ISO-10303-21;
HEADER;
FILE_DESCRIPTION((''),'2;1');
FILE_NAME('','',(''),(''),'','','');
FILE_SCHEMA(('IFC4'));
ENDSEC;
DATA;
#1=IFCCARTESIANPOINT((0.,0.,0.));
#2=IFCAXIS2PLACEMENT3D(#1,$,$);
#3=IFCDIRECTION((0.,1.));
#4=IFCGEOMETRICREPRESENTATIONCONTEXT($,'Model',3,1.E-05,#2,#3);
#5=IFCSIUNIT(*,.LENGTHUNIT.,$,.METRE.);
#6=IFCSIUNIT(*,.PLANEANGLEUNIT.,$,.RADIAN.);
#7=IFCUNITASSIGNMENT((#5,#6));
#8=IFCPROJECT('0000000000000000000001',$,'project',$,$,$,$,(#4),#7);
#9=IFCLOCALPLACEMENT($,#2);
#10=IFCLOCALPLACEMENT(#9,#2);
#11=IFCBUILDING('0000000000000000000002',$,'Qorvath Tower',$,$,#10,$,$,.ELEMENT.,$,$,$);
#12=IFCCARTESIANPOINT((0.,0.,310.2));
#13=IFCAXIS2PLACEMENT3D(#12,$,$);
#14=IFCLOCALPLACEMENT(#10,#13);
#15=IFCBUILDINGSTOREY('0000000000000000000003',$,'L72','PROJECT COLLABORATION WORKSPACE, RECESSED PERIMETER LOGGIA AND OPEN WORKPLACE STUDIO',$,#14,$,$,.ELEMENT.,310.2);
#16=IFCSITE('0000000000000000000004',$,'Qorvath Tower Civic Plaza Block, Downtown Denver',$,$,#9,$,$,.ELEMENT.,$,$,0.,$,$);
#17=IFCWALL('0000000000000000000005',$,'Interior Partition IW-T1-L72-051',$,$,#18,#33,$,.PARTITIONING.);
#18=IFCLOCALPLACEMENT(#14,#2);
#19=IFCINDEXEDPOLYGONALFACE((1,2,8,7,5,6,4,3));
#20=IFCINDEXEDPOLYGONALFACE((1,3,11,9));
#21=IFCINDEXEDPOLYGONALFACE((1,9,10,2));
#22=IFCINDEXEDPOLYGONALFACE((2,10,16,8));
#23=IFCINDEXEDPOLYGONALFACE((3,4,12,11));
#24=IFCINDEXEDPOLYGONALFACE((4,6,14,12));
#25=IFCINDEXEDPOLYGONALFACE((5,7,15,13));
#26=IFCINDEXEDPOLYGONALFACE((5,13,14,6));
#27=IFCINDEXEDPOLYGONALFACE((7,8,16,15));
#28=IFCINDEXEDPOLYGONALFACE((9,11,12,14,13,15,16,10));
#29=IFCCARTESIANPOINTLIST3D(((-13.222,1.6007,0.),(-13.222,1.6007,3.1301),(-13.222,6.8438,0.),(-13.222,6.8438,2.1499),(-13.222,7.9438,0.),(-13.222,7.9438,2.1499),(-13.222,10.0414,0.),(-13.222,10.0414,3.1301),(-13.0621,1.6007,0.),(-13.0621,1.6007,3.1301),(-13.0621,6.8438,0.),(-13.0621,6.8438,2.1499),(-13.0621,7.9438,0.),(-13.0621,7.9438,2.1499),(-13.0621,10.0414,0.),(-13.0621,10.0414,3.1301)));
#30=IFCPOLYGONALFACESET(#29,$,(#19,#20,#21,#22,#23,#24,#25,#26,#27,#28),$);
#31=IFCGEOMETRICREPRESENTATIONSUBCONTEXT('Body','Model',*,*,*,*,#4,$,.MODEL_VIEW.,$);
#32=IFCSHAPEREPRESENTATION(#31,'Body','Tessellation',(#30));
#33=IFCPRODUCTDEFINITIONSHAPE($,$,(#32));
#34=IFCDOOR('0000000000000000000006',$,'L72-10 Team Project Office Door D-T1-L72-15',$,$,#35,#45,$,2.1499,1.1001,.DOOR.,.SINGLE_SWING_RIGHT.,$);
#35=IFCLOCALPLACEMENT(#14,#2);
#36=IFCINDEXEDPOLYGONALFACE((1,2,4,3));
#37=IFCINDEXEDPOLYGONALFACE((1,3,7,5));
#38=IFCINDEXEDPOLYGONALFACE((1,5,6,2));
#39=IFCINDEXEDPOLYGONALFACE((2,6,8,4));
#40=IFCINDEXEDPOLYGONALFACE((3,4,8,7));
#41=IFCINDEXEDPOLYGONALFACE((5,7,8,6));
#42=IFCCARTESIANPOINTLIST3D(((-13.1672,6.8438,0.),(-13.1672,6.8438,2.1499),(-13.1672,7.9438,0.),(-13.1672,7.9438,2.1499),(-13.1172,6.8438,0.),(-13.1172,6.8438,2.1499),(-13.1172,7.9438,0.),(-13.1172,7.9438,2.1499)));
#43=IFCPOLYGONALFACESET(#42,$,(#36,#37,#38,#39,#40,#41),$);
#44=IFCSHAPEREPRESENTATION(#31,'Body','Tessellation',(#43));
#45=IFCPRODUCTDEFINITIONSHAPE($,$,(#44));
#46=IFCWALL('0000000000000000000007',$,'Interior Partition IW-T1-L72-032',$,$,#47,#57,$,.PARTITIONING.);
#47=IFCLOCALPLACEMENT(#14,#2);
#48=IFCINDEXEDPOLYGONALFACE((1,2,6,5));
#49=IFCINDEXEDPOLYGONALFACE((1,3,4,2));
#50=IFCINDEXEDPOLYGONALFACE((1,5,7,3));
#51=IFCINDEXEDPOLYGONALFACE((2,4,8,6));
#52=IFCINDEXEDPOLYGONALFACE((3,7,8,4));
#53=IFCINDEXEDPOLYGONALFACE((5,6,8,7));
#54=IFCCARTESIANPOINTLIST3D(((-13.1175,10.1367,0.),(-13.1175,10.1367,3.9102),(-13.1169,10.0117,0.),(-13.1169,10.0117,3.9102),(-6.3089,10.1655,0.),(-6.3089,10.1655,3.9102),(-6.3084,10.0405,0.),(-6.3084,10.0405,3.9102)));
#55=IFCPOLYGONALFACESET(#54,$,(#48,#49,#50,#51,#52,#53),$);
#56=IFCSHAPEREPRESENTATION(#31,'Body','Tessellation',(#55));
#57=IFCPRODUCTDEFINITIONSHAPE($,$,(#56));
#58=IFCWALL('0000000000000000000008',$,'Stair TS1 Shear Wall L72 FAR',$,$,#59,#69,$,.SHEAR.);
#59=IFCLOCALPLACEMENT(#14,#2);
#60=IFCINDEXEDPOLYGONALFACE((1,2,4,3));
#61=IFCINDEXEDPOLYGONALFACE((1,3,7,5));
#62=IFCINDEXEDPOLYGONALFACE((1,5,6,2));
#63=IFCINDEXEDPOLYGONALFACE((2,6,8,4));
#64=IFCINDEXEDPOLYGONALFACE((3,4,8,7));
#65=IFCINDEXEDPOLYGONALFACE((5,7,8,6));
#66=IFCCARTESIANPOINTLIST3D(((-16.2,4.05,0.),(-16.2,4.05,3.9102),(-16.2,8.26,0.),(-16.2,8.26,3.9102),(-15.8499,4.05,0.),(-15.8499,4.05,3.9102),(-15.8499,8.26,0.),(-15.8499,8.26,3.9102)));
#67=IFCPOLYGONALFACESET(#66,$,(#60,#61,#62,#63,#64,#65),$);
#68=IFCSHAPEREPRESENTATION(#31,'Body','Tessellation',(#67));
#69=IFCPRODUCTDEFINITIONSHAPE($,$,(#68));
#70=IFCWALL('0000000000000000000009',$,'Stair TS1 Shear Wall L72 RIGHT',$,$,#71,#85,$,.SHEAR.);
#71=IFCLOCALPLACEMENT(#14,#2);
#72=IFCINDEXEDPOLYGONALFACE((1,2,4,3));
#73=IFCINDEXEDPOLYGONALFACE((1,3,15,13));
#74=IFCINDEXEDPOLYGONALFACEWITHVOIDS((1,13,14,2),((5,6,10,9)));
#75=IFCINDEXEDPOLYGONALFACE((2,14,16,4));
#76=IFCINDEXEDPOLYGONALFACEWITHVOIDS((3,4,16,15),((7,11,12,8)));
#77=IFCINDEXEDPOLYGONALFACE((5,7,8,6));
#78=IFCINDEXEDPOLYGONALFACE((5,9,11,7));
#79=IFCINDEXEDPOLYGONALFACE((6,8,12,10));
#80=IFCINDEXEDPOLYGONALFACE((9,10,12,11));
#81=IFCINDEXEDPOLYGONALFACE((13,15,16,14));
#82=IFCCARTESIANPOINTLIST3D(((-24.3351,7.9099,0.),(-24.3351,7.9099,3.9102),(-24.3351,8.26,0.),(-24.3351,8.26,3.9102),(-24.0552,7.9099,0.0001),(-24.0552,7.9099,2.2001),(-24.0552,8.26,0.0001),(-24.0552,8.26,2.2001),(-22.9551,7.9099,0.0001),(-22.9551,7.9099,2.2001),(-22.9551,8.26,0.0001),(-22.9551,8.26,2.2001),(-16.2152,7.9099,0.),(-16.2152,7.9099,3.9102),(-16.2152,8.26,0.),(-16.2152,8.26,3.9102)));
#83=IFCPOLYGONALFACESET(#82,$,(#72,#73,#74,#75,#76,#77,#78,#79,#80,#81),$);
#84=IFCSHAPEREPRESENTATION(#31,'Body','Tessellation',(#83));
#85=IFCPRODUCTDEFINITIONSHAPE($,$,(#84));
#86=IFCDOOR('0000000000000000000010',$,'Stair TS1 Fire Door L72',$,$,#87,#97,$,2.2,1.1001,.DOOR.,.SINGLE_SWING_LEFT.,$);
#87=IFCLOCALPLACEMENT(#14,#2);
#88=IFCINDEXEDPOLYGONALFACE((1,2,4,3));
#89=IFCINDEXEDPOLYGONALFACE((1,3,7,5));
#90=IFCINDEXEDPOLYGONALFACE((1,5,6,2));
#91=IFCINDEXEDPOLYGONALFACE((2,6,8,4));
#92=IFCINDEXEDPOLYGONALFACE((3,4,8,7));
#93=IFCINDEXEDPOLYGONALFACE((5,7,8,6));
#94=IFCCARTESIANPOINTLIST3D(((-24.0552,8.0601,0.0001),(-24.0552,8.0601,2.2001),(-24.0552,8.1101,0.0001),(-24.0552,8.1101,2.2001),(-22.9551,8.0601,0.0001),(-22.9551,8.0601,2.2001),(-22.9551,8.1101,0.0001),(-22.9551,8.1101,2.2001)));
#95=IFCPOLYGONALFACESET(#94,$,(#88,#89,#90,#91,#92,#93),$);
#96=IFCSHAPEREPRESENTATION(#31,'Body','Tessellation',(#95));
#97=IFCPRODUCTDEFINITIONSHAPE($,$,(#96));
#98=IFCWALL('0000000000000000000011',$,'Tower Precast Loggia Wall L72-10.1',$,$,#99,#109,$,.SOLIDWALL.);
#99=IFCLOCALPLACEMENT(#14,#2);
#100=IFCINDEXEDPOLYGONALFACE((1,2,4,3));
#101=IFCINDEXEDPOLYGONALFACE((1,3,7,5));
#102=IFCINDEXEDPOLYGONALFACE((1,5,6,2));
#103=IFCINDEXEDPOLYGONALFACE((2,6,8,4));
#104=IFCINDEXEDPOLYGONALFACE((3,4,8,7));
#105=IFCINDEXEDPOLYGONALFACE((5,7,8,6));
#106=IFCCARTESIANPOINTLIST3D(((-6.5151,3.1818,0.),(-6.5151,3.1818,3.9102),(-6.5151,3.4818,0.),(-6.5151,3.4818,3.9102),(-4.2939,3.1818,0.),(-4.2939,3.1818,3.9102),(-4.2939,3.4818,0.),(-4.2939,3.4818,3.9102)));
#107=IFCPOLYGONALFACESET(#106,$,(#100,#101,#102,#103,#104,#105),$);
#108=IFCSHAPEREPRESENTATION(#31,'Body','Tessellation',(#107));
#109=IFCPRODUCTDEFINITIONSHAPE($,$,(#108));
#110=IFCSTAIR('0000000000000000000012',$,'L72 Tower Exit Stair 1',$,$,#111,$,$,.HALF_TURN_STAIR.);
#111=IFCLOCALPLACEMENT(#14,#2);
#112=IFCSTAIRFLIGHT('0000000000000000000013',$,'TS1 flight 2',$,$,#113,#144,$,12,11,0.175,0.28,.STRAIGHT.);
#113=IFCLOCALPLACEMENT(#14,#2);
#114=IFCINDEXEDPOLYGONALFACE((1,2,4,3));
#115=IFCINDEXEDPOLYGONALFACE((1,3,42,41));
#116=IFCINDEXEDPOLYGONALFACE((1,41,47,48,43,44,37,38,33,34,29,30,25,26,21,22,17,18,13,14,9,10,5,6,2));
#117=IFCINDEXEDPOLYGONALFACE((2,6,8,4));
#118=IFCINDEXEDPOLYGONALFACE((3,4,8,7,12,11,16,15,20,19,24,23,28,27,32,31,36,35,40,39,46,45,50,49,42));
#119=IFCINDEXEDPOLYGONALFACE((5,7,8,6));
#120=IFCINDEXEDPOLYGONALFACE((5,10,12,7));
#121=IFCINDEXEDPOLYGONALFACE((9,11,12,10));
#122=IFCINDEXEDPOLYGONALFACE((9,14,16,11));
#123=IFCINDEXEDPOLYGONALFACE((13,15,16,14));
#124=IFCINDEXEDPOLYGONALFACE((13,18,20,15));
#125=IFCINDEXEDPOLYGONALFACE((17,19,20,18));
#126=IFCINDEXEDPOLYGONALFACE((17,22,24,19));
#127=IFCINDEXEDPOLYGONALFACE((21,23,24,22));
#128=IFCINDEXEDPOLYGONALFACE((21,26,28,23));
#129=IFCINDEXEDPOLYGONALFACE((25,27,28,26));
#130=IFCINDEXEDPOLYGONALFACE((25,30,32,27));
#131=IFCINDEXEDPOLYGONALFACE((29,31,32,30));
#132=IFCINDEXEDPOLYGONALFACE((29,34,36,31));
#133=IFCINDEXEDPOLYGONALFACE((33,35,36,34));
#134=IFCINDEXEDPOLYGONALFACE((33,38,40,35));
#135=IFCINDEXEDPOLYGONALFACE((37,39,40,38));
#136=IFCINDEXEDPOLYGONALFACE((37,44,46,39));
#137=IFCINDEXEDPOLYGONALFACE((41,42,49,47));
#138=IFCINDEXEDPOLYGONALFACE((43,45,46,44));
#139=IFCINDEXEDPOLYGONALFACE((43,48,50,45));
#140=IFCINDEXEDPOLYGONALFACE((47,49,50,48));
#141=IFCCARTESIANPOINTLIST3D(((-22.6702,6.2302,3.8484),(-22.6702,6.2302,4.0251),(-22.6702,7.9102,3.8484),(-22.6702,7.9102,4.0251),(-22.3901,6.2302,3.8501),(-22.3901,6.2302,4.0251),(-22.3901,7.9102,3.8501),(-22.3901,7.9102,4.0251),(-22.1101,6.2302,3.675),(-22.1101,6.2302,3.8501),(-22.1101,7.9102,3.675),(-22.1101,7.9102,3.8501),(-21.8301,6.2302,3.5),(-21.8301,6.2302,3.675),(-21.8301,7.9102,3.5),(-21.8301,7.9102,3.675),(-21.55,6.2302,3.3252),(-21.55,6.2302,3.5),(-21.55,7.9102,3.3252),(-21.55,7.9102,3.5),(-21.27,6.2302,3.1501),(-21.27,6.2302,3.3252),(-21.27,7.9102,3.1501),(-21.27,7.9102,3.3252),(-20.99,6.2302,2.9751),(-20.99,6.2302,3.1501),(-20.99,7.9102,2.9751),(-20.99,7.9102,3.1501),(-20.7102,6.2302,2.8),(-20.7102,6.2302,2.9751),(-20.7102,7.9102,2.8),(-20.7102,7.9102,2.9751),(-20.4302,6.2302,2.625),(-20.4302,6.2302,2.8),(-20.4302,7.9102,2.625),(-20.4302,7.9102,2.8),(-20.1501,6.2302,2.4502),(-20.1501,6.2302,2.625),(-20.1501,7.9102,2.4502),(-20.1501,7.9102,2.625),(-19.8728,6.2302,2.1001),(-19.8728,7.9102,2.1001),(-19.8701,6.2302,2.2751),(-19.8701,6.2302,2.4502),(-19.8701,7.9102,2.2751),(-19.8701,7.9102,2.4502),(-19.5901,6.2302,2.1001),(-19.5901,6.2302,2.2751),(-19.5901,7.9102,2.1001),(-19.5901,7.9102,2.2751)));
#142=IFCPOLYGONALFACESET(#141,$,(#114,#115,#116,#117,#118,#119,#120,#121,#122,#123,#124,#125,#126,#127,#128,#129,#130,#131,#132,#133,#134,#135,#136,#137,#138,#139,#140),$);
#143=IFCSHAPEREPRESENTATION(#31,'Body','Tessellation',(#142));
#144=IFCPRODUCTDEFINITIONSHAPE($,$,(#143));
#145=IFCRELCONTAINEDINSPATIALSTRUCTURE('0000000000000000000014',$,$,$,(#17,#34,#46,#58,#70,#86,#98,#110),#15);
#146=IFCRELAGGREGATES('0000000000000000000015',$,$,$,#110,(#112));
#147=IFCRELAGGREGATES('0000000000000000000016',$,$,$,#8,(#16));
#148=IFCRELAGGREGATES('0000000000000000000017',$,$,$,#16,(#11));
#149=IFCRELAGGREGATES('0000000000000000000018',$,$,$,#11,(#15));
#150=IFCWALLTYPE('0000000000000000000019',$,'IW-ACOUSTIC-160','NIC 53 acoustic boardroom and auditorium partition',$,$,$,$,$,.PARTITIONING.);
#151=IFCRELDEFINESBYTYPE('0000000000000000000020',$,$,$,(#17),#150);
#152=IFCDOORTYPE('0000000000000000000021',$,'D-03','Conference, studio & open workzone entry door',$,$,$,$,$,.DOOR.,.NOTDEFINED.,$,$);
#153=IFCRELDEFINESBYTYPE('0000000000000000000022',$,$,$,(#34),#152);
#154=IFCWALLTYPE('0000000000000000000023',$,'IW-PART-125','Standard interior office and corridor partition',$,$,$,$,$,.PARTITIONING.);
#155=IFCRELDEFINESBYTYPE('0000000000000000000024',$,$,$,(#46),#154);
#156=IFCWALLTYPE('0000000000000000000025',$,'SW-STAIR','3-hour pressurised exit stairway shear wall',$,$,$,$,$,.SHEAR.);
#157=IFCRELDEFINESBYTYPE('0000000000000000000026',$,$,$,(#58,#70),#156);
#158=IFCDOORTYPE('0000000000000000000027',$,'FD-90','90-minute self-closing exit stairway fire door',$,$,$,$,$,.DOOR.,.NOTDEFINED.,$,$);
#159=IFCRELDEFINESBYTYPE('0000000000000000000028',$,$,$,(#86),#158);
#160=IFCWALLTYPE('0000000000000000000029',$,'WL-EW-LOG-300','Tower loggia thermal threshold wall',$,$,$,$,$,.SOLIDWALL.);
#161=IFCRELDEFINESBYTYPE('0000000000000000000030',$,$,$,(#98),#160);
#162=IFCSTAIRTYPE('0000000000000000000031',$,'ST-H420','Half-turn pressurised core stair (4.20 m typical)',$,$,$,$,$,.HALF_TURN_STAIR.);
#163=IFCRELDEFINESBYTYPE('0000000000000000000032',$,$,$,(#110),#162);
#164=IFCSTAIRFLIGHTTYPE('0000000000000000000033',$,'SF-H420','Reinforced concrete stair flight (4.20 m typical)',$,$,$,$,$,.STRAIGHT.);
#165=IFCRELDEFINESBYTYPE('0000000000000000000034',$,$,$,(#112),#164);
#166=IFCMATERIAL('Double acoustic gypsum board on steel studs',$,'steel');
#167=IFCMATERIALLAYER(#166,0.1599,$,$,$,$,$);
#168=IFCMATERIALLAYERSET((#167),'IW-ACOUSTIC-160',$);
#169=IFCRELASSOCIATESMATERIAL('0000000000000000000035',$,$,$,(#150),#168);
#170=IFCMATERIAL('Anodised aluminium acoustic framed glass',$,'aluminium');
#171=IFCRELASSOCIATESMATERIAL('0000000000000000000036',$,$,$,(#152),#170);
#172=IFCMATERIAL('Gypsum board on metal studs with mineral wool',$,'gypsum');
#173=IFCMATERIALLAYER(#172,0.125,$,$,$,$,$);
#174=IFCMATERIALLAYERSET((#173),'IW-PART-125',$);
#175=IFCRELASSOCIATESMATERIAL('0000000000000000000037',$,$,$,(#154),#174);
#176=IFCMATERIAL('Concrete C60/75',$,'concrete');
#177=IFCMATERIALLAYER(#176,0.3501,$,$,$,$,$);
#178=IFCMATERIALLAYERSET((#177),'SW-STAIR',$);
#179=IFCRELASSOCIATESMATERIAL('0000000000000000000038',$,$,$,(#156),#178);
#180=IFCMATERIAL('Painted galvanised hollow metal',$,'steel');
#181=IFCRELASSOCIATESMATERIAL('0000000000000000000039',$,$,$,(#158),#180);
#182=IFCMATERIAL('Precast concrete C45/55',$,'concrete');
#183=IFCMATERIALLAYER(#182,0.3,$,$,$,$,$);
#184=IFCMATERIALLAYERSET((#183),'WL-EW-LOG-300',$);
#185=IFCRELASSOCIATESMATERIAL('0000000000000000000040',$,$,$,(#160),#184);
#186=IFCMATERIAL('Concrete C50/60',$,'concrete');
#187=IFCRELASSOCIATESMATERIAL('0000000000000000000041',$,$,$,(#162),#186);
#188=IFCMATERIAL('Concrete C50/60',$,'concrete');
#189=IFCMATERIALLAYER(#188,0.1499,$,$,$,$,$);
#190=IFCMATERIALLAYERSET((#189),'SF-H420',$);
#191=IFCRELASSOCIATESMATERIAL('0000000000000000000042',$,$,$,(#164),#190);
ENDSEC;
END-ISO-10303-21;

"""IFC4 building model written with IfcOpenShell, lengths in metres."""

from ifc_helpers import new_model, si_unit, direction, frame, frame_2d, origin, place, context, subcontext, project, spatial, polyline, rectangle, outline, extrude, material, layer, layer_set, type_object, element, fill, aggregate, save


model = new_model("IFC4")

# Units and contexts
model_context = context("Model", 3, precision=1e-05, world=origin(), true_north=direction((0.0, 1.0)))
body_context = subcontext(model_context, "Body", "Model", "MODEL_VIEW")
ifc_project = project(units=[si_unit("LENGTHUNIT", "METRE"), si_unit("PLANEANGLEUNIT", "RADIAN")], contexts=[model_context])

# Site, building, storey
site_placement = place(None, origin())
site = spatial("IfcSite", under=ifc_project, at=site_placement, Name="Qorvath Tower Civic Plaza Block, Downtown Denver", CompositionType="ELEMENT", RefElevation=0.0)
building_placement = place(site_placement, origin())
building = spatial("IfcBuilding", under=site, at=building_placement, Name="Qorvath Tower", CompositionType="ELEMENT")
storey_placement = place(building_placement, frame((0.0, 0.0, 310.2)))
storey = spatial("IfcBuildingStorey", under=building, at=storey_placement, Name="L72", Description="PROJECT COLLABORATION WORKSPACE, RECESSED PERIMETER LOGGIA AND OPEN WORKPLACE STUDIO", CompositionType="ELEMENT", Elevation=310.2)

# Wall, opening, door
ifc_material_1 = material(Name="Double acoustic gypsum board on steel studs", Category="steel")
ifc_layer_1 = layer(ifc_material_1, 0.1599)
ifc_layer_set_1 = layer_set([ifc_layer_1], Name="IW-ACOUSTIC-160")
wall_type_1 = type_object("IfcWallType", Name="IW-ACOUSTIC-160", Description="NIC 53 acoustic boardroom and auditorium partition", PredefinedType="PARTITIONING", material=ifc_layer_set_1)
wall_1_placement = place(storey_placement, frame((-13.1421, 10.0413, 0.0), z_axis=(0.0, 0.0, 1.0), x_axis=(0.0, -1.0, 0.0)))
wall_1 = element("IfcWall", 1, at=wall_1_placement, inside=storey, type_object=wall_type_1, Name="Interior Partition IW-T1-L72-051", PredefinedType="PARTITIONING", context=body_context, shape_type="SweptSolid", body=[
    extrude(rectangle(XDim=8.4407, YDim=0.1599, at=frame_2d((4.2202, 0.0))), origin(), (0.0, 0.0, 1.0), 3.1301),
])
opening_1_placement = place(wall_1_placement, frame((2.0974, 0.0, 0.0)))
opening_1 = element("IfcOpeningElement", 2, at=opening_1_placement, cuts=wall_1, PredefinedType="OPENING", context=body_context, shape_type="SweptSolid", body=[
    extrude(rectangle(XDim=1.1001, YDim=2.1499, at=frame_2d((0.55, 1.075))), frame((0.0, 0.0898, 0.0), z_axis=(0.0, -1.0, 0.0), x_axis=(1.0, 0.0, 0.0)), (0.0, 0.0, 1.0), 0.1799),
])
ifc_material_2 = material(Name="Anodised aluminium acoustic framed glass", Category="aluminium")
door_type_1 = type_object("IfcDoorType", Name="D-03", Description="Conference, studio & open workzone entry door", OperationType="NOTDEFINED", PredefinedType="DOOR", material=ifc_material_2)
door_1_placement = place(opening_1_placement, origin())
door_1 = element("IfcDoor", 3, at=door_1_placement, inside=storey, type_object=door_type_1, Name="L72-10 Team Project Office Door D-T1-L72-15", OperationType="SINGLE_SWING_RIGHT", OverallHeight=2.1499, OverallWidth=1.1001, PredefinedType="DOOR", context=body_context, shape_type="SweptSolid", body=[
    extrude(rectangle(XDim=1.1001, YDim=2.1499, at=frame_2d((0.55, 1.075))), frame((0.0, 0.0249, 0.0), z_axis=(0.0, -1.0, 0.0), x_axis=(1.0, 0.0, 0.0)), (0.0, 0.0, 1.0), 0.05),
])
fill(opening_1, door_1)

# Walls
ifc_material_3 = material(Name="Gypsum board on metal studs with mineral wool", Category="gypsum")
ifc_layer_2 = layer(ifc_material_3, 0.125)
ifc_layer_set_2 = layer_set([ifc_layer_2], Name="IW-PART-125")
wall_type_2 = type_object("IfcWallType", Name="IW-PART-125", Description="Standard interior office and corridor partition", PredefinedType="PARTITIONING", material=ifc_layer_set_2)
wall_2_placement = place(storey_placement, frame((-13.1172, 10.0742, 0.0), z_axis=(0.0, 0.0, 1.0), x_axis=(0.999991, 0.004231, 0.0)))
element("IfcWall", 4, at=wall_2_placement, inside=storey, type_object=wall_type_2, Name="Interior Partition IW-T1-L72-032", PredefinedType="PARTITIONING", context=body_context, shape_type="SweptSolid", body=[
    extrude(rectangle(XDim=6.8086, YDim=0.125, at=frame_2d((3.4043, 0.0))), origin(), (0.0, 0.0, 1.0), 3.9102),
])
ifc_material_4 = material(Name="Concrete C60/75", Category="concrete")
ifc_layer_3 = layer(ifc_material_4, 0.3501)
ifc_layer_set_3 = layer_set([ifc_layer_3], Name="SW-STAIR")
wall_type_3 = type_object("IfcWallType", Name="SW-STAIR", Description="3-hour pressurised exit stairway shear wall", PredefinedType="SHEAR", material=ifc_layer_set_3)
wall_3_placement = place(storey_placement, frame((-16.0249, 4.05, 0.0), z_axis=(0.0, 0.0, 1.0), x_axis=(0.0, 1.0, 0.0)))
element("IfcWall", 5, at=wall_3_placement, inside=storey, type_object=wall_type_3, Name="Stair TS1 Shear Wall L72 FAR", PredefinedType="SHEAR", context=body_context, shape_type="SweptSolid", body=[
    extrude(rectangle(XDim=4.21, YDim=0.3501, at=frame_2d((2.105, 0.0))), origin(), (0.0, 0.0, 1.0), 3.9102),
])

# Wall, opening, door
wall_4_placement = place(storey_placement, frame((-16.2151, 8.085, 0.0), z_axis=(0.0, 0.0, 1.0), x_axis=(-1.0, 0.0, 0.0)))
wall_4 = element("IfcWall", 6, at=wall_4_placement, inside=storey, type_object=wall_type_3, Name="Stair TS1 Shear Wall L72 RIGHT", PredefinedType="SHEAR", context=body_context, shape_type="SweptSolid", body=[
    extrude(rectangle(XDim=8.1199, YDim=0.3501, at=frame_2d((4.0601, 0.0))), origin(), (0.0, 0.0, 1.0), 3.9102),
])
opening_2_placement = place(wall_4_placement, frame((6.74, 0.0, 0.0)))
opening_2 = element("IfcOpeningElement", 7, at=opening_2_placement, cuts=wall_4, PredefinedType="OPENING", context=body_context, shape_type="SweptSolid", body=[
    extrude(rectangle(XDim=1.1001, YDim=2.2, at=frame_2d((0.55, 1.1001))), frame((0.0, 0.1851, 0.0), z_axis=(0.0, -1.0, 0.0), x_axis=(1.0, 0.0, 0.0)), (0.0, 0.0, 1.0), 0.3701),
])
ifc_material_5 = material(Name="Painted galvanised hollow metal", Category="steel")
door_type_2 = type_object("IfcDoorType", Name="FD-90", Description="90-minute self-closing exit stairway fire door", OperationType="NOTDEFINED", PredefinedType="DOOR", material=ifc_material_5)
door_2_placement = place(opening_2_placement, origin())
door_2 = element("IfcDoor", 8, at=door_2_placement, inside=storey, type_object=door_type_2, Name="Stair TS1 Fire Door L72", OperationType="SINGLE_SWING_LEFT", OverallHeight=2.2, OverallWidth=1.1001, PredefinedType="DOOR", context=body_context, shape_type="SweptSolid", body=[
    extrude(rectangle(XDim=1.1001, YDim=2.2, at=frame_2d((0.55, 1.1001))), frame((0.0, 0.0249, 0.0), z_axis=(0.0, -1.0, 0.0), x_axis=(1.0, 0.0, 0.0)), (0.0, 0.0, 1.0), 0.05),
])
fill(opening_2, door_2)

# Wall
ifc_material_6 = material(Name="Precast concrete C45/55", Category="concrete")
ifc_layer_4 = layer(ifc_material_6, 0.3)
ifc_layer_set_4 = layer_set([ifc_layer_4], Name="WL-EW-LOG-300")
wall_type_4 = type_object("IfcWallType", Name="WL-EW-LOG-300", Description="Tower loggia thermal threshold wall", PredefinedType="SOLIDWALL", material=ifc_layer_set_4)
wall_5_placement = place(storey_placement, frame((-6.5151, 3.3318, 0.0), z_axis=(0.0, 0.0, 1.0), x_axis=(1.0, 0.0, 0.0)))
element("IfcWall", 9, at=wall_5_placement, inside=storey, type_object=wall_type_4, Name="Tower Precast Loggia Wall L72-10.1", PredefinedType="SOLIDWALL", context=body_context, shape_type="SweptSolid", body=[
    extrude(rectangle(XDim=2.2212, YDim=0.3, at=frame_2d((1.1106, 0.0))), origin(), (0.0, 0.0, 1.0), 3.9102),
])

# Stair, stair flight
ifc_material_7 = material(Name="Concrete C50/60", Category="concrete")
stair_type = type_object("IfcStairType", Name="ST-H420", Description="Half-turn pressurised core stair (4.20 m typical)", PredefinedType="HALF_TURN_STAIR", material=ifc_material_7)
stair_placement = place(storey_placement, origin())
stair = element("IfcStair", 10, at=stair_placement, inside=storey, type_object=stair_type, Name="L72 Tower Exit Stair 1", PredefinedType="HALF_TURN_STAIR")
ifc_material_8 = material(Name="Concrete C50/60", Category="concrete")
ifc_layer_5 = layer(ifc_material_8, 0.1499)
ifc_layer_set_5 = layer_set([ifc_layer_5], Name="SF-H420")
stair_flight_type = type_object("IfcStairFlightType", Name="SF-H420", Description="Reinforced concrete stair flight (4.20 m typical)", PredefinedType="STRAIGHT", material=ifc_layer_set_5)
stair_flight_placement = place(storey_placement, frame((-19.5901, 7.0701, 2.1001), z_axis=(0.0, 0.0, 1.0), x_axis=(-1.0, 0.0, 0.0)))
stair_flight = element("IfcStairFlight", 11, at=stair_flight_placement, type_object=stair_flight_type, Name="TS1 flight 2", NumberOfRisers=12, NumberOfTreads=11, PredefinedType="STRAIGHT", RiserHeight=0.175, TreadLength=0.28, context=body_context, shape_type="SweptSolid", body=[
    extrude(outline(polyline([(0.0, 0.0), (0.0, 0.175), (0.28, 0.175), (0.28, 0.3501), (0.5601, 0.3501), (0.5601, 0.5249), (0.8401, 0.5249), (0.8401, 0.7), (1.1201, 0.7), (1.1201, 0.875), (1.3999, 0.875), (1.3999, 1.05), (1.6799, 1.05), (1.6799, 1.2251), (1.96, 1.2251), (1.96, 1.3999), (2.24, 1.3999), (2.24, 1.575), (2.52, 1.575), (2.52, 1.75), (2.8, 1.75), (2.8, 1.925), (3.0801, 1.925), (3.0801, 2.1001), (3.0801, 1.7483), (0.2827, 0.0), (0.0, 0.0)])), frame((0.0, 0.8398, 0.0), z_axis=(0.0, -1.0, 0.0), x_axis=(1.0, 0.0, 0.0)), (0.0, 0.0, 1.0), 1.6799),
])
aggregate(stair, [stair_flight])

save(model, "model.ifc")
